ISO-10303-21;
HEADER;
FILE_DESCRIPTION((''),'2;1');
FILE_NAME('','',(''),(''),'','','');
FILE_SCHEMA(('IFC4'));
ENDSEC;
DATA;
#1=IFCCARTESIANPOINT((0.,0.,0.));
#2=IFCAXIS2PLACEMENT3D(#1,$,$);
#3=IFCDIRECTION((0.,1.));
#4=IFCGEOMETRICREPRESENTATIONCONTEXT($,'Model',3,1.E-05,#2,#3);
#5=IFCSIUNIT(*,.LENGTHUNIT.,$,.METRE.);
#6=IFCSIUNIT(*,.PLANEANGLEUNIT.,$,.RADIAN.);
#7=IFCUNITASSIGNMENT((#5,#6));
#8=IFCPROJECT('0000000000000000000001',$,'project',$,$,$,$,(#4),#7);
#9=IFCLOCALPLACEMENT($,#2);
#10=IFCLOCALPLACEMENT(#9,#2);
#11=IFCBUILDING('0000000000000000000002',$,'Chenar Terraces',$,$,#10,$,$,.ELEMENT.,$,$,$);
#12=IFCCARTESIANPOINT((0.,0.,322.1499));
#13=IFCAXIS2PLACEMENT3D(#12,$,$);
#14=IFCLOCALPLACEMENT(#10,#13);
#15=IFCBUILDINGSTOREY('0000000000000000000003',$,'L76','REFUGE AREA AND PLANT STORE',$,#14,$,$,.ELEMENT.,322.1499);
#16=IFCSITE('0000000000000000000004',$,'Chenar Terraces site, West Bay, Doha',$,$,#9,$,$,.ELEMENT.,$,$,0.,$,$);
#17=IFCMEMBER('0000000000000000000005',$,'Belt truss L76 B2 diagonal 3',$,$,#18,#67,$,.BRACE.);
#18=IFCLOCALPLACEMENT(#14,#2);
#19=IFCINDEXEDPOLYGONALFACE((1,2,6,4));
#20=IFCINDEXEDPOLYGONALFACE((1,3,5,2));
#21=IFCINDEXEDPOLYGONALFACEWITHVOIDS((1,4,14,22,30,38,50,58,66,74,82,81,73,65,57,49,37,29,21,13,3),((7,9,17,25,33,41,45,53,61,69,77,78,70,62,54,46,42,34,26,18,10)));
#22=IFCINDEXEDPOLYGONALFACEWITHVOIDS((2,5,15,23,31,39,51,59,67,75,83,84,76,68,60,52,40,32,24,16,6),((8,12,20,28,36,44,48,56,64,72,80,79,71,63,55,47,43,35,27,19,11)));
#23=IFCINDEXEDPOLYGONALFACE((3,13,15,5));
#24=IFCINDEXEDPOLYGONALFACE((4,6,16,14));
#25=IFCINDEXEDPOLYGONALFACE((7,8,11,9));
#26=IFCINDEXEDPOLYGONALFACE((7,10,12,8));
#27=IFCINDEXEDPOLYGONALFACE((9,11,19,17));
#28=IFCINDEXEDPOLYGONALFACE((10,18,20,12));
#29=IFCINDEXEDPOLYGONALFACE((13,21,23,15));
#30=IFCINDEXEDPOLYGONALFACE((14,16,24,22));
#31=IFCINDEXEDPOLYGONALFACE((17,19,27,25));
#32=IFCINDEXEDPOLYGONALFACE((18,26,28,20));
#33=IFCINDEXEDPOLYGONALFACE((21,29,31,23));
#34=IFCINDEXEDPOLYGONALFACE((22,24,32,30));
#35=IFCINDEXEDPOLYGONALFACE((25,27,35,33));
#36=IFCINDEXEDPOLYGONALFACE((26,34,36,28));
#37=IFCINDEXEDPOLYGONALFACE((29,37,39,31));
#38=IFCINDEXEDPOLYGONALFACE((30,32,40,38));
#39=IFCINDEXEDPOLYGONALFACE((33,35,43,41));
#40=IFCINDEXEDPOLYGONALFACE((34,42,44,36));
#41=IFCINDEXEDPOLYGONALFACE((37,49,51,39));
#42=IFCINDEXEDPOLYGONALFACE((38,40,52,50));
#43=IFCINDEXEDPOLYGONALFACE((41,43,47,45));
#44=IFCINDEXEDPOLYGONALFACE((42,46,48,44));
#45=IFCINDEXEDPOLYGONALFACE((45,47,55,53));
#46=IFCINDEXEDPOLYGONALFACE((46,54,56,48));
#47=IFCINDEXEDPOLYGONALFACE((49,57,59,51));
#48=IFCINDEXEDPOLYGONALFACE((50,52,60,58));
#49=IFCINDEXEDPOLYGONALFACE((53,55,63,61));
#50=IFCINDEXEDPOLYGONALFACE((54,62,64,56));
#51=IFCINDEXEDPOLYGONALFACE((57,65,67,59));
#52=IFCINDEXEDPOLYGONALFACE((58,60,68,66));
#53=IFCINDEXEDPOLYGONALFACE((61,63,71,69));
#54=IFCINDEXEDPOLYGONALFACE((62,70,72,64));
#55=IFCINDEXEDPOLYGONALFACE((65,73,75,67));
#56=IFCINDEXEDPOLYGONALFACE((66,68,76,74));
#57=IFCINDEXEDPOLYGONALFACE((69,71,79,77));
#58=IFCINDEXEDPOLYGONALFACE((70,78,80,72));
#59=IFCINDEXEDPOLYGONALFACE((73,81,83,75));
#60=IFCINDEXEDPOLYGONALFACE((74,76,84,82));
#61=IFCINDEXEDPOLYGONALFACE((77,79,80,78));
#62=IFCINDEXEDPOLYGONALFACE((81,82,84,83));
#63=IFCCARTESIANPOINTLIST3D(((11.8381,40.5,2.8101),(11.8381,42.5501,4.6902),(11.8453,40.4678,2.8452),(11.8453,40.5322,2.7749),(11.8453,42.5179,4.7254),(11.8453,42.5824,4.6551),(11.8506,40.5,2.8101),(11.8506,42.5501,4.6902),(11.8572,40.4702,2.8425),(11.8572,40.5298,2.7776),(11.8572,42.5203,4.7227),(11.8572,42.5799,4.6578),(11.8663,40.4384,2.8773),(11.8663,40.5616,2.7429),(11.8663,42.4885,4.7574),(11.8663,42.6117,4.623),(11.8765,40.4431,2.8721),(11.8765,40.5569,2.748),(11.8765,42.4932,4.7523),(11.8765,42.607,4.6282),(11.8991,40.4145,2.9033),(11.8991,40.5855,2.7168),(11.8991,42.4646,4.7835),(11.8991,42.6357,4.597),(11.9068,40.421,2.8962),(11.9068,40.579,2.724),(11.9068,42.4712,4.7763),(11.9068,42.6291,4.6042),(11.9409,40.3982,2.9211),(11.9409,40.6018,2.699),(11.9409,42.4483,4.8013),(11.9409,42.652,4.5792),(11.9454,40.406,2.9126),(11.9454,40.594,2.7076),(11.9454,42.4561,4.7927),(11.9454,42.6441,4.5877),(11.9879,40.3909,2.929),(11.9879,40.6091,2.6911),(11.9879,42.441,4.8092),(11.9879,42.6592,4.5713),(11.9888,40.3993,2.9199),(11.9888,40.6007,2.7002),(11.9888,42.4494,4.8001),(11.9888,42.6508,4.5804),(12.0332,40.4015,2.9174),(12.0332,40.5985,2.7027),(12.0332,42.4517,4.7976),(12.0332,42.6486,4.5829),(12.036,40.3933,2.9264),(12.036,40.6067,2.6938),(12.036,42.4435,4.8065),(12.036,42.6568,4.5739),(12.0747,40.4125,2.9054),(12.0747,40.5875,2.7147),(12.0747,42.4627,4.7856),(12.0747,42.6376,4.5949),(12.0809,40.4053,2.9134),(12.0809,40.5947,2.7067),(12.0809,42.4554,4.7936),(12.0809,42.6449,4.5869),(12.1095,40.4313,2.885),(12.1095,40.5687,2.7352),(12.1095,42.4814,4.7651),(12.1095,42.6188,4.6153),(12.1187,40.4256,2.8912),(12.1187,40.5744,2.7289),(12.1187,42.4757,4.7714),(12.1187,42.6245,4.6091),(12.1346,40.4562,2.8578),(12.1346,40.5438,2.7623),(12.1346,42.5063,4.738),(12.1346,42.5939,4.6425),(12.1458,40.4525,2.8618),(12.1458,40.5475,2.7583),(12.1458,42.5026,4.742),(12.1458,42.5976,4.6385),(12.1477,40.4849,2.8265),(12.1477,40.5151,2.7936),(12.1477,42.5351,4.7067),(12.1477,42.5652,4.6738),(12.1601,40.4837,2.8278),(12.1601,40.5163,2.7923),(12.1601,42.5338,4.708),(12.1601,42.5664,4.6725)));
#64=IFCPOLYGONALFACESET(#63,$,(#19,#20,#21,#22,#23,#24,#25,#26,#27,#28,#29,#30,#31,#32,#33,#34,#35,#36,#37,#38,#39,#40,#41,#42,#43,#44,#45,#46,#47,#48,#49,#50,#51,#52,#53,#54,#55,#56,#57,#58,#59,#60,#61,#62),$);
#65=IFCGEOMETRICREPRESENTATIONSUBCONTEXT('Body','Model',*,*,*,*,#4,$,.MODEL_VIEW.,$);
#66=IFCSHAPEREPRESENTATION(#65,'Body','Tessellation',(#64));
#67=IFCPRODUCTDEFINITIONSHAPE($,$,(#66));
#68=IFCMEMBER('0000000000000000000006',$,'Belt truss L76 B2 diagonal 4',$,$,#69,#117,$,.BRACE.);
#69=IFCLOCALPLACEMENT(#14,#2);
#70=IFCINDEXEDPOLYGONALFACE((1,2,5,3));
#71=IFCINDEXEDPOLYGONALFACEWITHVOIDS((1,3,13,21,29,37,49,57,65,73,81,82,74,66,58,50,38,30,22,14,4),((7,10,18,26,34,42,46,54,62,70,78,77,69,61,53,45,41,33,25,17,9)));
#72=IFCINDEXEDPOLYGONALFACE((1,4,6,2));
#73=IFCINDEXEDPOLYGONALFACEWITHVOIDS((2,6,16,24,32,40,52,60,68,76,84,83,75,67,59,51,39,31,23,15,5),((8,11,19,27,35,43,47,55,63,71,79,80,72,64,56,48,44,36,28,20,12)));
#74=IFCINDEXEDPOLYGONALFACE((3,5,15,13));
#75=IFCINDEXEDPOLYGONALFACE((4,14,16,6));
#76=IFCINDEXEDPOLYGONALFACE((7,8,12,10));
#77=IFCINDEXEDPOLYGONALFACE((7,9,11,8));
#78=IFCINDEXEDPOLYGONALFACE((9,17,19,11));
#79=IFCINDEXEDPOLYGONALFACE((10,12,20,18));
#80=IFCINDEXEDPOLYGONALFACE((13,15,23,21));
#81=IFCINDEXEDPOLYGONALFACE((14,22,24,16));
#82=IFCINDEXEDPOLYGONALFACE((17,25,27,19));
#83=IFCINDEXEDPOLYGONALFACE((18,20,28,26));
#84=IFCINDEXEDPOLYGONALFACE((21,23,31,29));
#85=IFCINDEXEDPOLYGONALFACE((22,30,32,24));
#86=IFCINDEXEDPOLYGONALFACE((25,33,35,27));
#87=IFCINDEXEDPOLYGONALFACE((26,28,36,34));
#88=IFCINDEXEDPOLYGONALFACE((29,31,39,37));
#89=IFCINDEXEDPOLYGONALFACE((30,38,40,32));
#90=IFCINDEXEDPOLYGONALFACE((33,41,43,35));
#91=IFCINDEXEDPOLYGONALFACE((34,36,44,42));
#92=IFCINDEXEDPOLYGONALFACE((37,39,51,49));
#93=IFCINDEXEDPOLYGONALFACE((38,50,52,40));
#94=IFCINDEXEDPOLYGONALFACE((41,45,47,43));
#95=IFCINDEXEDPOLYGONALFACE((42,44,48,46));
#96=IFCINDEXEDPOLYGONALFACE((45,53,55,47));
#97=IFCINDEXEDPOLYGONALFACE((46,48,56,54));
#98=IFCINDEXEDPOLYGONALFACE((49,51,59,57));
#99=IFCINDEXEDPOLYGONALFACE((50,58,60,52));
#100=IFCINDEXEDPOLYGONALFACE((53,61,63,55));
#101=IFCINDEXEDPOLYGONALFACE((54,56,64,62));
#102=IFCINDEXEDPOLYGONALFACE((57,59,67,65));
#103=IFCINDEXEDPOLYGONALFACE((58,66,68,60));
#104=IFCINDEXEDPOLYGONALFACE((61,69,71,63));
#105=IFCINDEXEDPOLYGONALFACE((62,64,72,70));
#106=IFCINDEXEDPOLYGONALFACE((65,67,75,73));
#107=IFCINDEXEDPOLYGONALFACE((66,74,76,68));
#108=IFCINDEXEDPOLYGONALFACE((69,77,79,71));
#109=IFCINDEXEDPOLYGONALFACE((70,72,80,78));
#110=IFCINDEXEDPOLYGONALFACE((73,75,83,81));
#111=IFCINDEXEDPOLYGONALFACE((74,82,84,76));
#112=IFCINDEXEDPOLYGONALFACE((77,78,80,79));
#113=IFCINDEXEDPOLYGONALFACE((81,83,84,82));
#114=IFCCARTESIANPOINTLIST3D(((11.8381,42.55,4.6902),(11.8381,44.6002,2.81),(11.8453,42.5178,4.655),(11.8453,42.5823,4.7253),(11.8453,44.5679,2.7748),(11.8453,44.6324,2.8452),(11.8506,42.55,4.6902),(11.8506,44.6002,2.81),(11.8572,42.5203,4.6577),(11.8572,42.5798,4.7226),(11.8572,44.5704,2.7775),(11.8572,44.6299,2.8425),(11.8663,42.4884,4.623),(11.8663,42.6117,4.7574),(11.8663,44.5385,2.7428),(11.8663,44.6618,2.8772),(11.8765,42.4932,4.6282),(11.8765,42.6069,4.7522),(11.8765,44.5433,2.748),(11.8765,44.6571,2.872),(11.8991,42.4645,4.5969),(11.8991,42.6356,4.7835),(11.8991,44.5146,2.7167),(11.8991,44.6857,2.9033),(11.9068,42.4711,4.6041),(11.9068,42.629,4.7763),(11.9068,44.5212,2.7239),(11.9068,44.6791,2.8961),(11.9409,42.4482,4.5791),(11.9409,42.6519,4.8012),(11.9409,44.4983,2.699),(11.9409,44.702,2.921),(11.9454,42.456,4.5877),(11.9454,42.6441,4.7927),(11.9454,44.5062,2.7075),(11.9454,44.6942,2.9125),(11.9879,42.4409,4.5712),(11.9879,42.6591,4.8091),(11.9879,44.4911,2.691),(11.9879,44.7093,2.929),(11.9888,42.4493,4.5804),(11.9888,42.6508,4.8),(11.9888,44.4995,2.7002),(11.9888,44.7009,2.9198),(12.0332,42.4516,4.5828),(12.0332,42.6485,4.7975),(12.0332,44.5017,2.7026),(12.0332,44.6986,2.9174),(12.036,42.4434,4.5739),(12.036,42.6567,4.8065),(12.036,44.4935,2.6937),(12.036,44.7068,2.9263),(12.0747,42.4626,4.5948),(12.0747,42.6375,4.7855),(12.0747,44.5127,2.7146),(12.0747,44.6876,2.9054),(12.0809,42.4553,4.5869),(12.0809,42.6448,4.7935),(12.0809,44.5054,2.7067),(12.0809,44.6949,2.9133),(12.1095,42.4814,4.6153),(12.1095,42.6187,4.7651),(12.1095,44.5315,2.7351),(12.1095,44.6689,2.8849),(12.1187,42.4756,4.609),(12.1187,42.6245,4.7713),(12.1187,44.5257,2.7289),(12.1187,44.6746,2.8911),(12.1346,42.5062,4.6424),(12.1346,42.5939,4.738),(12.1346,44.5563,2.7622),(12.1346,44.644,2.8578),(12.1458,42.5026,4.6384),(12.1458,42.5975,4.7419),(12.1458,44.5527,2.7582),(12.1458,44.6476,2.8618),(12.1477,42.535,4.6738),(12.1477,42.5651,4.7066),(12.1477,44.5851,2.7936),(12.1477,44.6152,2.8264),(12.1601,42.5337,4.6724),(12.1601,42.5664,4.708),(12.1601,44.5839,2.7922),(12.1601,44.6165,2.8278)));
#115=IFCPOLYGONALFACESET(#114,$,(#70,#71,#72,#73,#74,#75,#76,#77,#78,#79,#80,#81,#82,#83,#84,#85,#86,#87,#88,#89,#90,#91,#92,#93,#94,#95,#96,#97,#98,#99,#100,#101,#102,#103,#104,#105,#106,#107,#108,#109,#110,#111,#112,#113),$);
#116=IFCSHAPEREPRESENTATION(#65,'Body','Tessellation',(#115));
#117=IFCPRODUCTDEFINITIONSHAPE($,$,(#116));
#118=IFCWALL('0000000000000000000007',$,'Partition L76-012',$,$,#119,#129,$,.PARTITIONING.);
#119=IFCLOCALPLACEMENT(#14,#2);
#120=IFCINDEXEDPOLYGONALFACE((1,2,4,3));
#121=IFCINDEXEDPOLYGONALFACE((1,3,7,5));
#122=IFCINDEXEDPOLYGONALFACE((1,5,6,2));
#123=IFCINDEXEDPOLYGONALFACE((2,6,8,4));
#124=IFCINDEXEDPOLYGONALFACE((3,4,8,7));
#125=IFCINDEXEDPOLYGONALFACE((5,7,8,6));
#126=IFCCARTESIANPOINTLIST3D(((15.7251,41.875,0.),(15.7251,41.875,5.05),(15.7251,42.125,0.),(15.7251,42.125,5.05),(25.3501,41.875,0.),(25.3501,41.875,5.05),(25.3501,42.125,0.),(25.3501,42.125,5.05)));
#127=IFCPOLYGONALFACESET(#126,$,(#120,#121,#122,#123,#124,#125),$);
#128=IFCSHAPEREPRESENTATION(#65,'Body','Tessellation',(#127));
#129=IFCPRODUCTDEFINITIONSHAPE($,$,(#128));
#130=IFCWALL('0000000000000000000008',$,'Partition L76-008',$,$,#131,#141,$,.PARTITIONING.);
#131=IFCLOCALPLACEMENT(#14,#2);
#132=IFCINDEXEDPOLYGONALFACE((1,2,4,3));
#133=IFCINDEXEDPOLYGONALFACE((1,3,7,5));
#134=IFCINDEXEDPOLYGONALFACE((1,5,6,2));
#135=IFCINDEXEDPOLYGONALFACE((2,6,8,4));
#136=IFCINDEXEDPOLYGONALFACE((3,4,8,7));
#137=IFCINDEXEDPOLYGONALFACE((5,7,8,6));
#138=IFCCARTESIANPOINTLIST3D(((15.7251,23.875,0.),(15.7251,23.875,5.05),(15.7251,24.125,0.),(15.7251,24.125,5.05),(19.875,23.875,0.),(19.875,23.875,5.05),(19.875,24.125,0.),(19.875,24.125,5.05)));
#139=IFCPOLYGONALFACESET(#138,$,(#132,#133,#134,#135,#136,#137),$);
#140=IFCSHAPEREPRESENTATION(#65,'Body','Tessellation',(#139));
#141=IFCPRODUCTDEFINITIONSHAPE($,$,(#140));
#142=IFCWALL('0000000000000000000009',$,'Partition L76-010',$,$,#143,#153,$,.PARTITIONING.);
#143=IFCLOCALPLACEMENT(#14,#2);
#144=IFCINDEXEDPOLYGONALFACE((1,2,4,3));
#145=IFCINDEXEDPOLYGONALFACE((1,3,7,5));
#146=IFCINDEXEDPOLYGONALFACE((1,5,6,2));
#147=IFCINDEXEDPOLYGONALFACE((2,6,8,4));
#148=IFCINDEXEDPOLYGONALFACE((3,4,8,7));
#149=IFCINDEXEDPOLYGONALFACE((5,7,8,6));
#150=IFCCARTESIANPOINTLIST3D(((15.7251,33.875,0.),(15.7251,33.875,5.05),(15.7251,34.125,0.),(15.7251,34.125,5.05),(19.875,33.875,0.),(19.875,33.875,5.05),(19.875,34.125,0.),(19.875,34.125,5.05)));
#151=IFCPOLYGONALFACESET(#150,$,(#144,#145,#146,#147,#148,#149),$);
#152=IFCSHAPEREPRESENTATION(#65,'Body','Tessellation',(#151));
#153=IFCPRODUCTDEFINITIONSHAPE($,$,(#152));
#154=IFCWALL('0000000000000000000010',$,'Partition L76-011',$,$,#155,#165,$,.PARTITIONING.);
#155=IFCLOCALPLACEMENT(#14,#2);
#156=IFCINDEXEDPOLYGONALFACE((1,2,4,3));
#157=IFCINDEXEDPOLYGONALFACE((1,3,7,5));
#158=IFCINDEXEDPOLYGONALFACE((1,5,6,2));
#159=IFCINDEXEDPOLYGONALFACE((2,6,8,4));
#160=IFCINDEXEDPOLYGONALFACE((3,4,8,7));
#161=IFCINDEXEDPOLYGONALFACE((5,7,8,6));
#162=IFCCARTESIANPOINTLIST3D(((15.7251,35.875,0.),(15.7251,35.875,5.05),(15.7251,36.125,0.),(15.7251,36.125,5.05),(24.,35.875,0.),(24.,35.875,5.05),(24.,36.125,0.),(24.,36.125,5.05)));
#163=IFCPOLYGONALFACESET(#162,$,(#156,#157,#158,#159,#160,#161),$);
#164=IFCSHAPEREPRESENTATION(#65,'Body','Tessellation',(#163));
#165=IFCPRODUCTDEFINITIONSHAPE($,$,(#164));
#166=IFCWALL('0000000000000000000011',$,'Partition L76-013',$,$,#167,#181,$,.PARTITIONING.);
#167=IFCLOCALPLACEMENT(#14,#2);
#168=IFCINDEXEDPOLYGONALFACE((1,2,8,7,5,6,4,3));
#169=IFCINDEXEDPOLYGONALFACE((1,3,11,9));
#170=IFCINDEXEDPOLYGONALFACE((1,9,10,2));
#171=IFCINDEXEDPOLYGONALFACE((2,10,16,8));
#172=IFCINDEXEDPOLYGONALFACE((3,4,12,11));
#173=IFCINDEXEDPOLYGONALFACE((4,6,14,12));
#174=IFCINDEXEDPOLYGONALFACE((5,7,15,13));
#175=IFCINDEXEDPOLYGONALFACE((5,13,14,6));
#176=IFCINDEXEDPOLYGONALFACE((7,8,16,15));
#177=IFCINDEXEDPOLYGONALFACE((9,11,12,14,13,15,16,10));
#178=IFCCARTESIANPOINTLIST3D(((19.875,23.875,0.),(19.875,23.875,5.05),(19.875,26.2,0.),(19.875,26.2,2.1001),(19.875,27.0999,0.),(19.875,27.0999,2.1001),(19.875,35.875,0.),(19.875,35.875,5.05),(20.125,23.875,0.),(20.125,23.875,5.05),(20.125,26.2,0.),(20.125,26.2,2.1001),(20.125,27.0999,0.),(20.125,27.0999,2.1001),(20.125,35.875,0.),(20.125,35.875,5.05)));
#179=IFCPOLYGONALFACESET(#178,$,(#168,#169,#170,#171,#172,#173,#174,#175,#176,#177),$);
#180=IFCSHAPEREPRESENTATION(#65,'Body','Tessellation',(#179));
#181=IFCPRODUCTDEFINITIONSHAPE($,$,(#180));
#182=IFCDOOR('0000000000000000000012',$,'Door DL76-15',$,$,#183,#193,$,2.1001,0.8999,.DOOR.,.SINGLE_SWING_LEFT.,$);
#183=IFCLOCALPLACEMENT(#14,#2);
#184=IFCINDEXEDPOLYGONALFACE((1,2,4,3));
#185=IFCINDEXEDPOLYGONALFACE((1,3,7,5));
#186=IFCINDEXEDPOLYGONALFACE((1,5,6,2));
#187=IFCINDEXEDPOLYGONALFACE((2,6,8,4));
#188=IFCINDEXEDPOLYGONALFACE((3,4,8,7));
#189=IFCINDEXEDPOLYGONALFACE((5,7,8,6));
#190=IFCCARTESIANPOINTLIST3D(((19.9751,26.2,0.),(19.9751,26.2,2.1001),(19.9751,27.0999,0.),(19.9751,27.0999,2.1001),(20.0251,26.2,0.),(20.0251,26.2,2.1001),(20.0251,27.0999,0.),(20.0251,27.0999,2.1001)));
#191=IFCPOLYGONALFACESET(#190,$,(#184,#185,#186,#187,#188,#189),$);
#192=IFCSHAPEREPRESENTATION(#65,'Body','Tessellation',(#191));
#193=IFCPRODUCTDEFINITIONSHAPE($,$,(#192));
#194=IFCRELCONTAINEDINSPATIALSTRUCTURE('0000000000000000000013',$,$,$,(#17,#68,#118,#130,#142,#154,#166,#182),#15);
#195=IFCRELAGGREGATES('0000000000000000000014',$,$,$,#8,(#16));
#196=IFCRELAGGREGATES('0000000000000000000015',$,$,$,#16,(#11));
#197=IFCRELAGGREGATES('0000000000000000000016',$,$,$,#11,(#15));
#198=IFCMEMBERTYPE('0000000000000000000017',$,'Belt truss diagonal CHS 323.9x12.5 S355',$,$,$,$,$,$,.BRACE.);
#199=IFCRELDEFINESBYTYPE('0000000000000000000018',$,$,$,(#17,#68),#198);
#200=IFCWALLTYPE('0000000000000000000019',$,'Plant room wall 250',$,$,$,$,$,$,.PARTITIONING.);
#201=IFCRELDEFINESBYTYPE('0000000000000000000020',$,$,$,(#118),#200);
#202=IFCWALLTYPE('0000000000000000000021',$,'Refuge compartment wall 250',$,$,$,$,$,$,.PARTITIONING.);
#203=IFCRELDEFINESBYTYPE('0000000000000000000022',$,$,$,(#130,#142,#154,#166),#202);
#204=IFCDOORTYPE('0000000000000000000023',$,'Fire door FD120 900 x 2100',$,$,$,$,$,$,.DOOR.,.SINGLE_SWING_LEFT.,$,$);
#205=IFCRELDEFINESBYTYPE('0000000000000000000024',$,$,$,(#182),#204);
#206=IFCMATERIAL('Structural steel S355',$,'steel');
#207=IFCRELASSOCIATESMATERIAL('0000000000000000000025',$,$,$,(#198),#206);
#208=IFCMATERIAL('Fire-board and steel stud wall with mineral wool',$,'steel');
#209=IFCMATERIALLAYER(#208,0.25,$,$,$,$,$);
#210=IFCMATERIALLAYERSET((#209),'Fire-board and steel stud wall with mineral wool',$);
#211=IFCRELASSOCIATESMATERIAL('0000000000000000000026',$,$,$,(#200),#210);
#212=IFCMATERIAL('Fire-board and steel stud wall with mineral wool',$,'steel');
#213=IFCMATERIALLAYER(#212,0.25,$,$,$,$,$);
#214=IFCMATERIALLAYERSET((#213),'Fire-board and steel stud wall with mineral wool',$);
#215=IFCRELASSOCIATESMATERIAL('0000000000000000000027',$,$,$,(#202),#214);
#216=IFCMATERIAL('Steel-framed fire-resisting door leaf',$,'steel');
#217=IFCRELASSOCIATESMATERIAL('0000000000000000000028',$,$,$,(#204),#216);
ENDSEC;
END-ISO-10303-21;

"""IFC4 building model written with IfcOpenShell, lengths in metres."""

from ifc_helpers import new_model, si_unit, direction, frame, frame_2d, origin, origin_2d, place, context, subcontext, project, spatial, rectangle, hollow_circle, extrude, material, layer, layer_set, material_profile, profile_set, type_object, element, fill, save


model = new_model("IFC4")

# Units and contexts
model_context = context("Model", 3, precision=1e-05, world=origin(), true_north=direction((0.0, 1.0)))
body_context = subcontext(model_context, "Body", "Model", "MODEL_VIEW")
ifc_project = project(units=[si_unit("LENGTHUNIT", "METRE"), si_unit("PLANEANGLEUNIT", "RADIAN")], contexts=[model_context])

# Site, building, storey
site_placement = place(None, origin())
site = spatial("IfcSite", under=ifc_project, at=site_placement, Name="Chenar Terraces site, West Bay, Doha", CompositionType="ELEMENT", RefElevation=0.0)
building_placement = place(site_placement, origin())
building = spatial("IfcBuilding", under=site, at=building_placement, Name="Chenar Terraces", CompositionType="ELEMENT")
storey_placement = place(building_placement, frame((0.0, 0.0, 322.1499)))
storey = spatial("IfcBuildingStorey", under=building, at=storey_placement, Name="L76", Description="REFUGE AREA AND PLANT STORE", CompositionType="ELEMENT", Elevation=322.1499)

# Members
ifc_material_1 = material(Name="Structural steel S355", Category="steel")
ifc_material_profile_1 = material_profile(ifc_material_1, hollow_circle(Radius=0.1619, WallThickness=0.0125, at=origin_2d()), Name="CHS 323.9x12.5")
ifc_profile_set_1 = profile_set([ifc_material_profile_1], Name="Structural steel S355")
member_type = type_object("IfcMemberType", Name="Belt truss diagonal CHS 323.9x12.5 S355", PredefinedType="BRACE", material=ifc_profile_set_1)
for number, where, z_axis, x_axis, name in (
    (1, (12.0, 40.5, 2.8101), (0.0, 0.73699, 0.675903), (-1.0, 0.0, 0.0), "Belt truss L76 B2 diagonal 3"),
    (2, (12.0, 42.55, 4.6902), (0.0, 0.73699, -0.675903), (-1.0, 0.0, 0.0), "Belt truss L76 B2 diagonal 4"),
):
    element("IfcMember", number, at=place(storey_placement, frame(where, z_axis=z_axis, x_axis=x_axis)), inside=storey, type_object=member_type, Name=name, PredefinedType="BRACE", context=body_context, shape_type="SweptSolid", body=[
        extrude(hollow_circle(Radius=0.1619, WallThickness=0.0125, at=origin_2d()), origin(), (0.0, 0.0, 1.0), 2.7817),
    ])

# Walls
ifc_material_2 = material(Name="Fire-board and steel stud wall with mineral wool", Category="steel")
ifc_layer_1 = layer(ifc_material_2, 0.25)
ifc_layer_set_1 = layer_set([ifc_layer_1], Name="Fire-board and steel stud wall with mineral wool")
wall_type_1 = type_object("IfcWallType", Name="Plant room wall 250", PredefinedType="PARTITIONING", material=ifc_layer_set_1)
wall_1_placement = place(storey_placement, frame((15.7251, 42.0, 0.0), z_axis=(0.0, 0.0, 1.0), x_axis=(1.0, 0.0, 0.0)))
element("IfcWall", 3, at=wall_1_placement, inside=storey, type_object=wall_type_1, Name="Partition L76-012", PredefinedType="PARTITIONING", context=body_context, shape_type="SweptSolid", body=[
    extrude(rectangle(XDim=9.625, YDim=0.25, at=frame_2d((4.8125, 0.0))), origin(), (0.0, 0.0, 1.0), 5.05),
])
ifc_material_3 = material(Name="Fire-board and steel stud wall with mineral wool", Category="steel")
ifc_layer_2 = layer(ifc_material_3, 0.25)
ifc_layer_set_2 = layer_set([ifc_layer_2], Name="Fire-board and steel stud wall with mineral wool")
wall_type_2 = type_object("IfcWallType", Name="Refuge compartment wall 250", PredefinedType="PARTITIONING", material=ifc_layer_set_2)
for number, where, z_axis, x_axis, name in (
    (4, (15.7251, 24.0, 0.0), (0.0, 0.0, 1.0), (1.0, 0.0, 0.0), "Partition L76-008"),
    (5, (15.7251, 34.0, 0.0), (0.0, 0.0, 1.0), (1.0, 0.0, 0.0), "Partition L76-010"),
):
    element("IfcWall", number, at=place(storey_placement, frame(where, z_axis=z_axis, x_axis=x_axis)), inside=storey, type_object=wall_type_2, Name=name, PredefinedType="PARTITIONING", context=body_context, shape_type="SweptSolid", body=[
        extrude(rectangle(XDim=4.1499, YDim=0.25, at=frame_2d((2.075, 0.0))), origin(), (0.0, 0.0, 1.0), 5.05),
    ])
wall_2_placement = place(storey_placement, frame((15.7251, 36.0, 0.0), z_axis=(0.0, 0.0, 1.0), x_axis=(1.0, 0.0, 0.0)))
element("IfcWall", 6, at=wall_2_placement, inside=storey, type_object=wall_type_2, Name="Partition L76-011", PredefinedType="PARTITIONING", context=body_context, shape_type="SweptSolid", body=[
    extrude(rectangle(XDim=8.2749, YDim=0.25, at=frame_2d((4.1375, 0.0))), origin(), (0.0, 0.0, 1.0), 5.05),
])

# Wall, opening, door
wall_3_placement = place(storey_placement, frame((20.0, 23.875, 0.0), z_axis=(0.0, 0.0, 1.0), x_axis=(0.0, 1.0, 0.0)))
wall_3 = element("IfcWall", 7, at=wall_3_placement, inside=storey, type_object=wall_type_2, Name="Partition L76-013", PredefinedType="PARTITIONING", context=body_context, shape_type="SweptSolid", body=[
    extrude(rectangle(XDim=12.0, YDim=0.25, at=frame_2d((6.0, 0.0))), origin(), (0.0, 0.0, 1.0), 5.05),
])
opening_placement = place(wall_3_placement, frame((2.325, 0.0, 0.0)))
opening = element("IfcOpeningElement", 8, at=opening_placement, cuts=wall_3, PredefinedType="OPENING", context=body_context, shape_type="SweptSolid", body=[
    extrude(rectangle(XDim=0.8999, YDim=2.1001, at=frame_2d((0.45, 1.05))), frame((0.0, 0.135, 0.0), z_axis=(0.0, -1.0, 0.0), x_axis=(1.0, 0.0, 0.0)), (0.0, 0.0, 1.0), 0.27),
])
ifc_material_4 = material(Name="Steel-framed fire-resisting door leaf", Category="steel")
door_type = type_object("IfcDoorType", Name="Fire door FD120 900 x 2100", OperationType="SINGLE_SWING_LEFT", PredefinedType="DOOR", material=ifc_material_4)
door_placement = place(opening_placement, origin())
door = element("IfcDoor", 9, at=door_placement, inside=storey, type_object=door_type, Name="Door DL76-15", OperationType="SINGLE_SWING_LEFT", OverallHeight=2.1001, OverallWidth=0.8999, PredefinedType="DOOR", context=body_context, shape_type="SweptSolid", body=[
    extrude(rectangle(XDim=0.8999, YDim=2.1001, at=frame_2d((0.45, 1.05))), frame((0.0, 0.0249, 0.0), z_axis=(0.0, -1.0, 0.0), x_axis=(1.0, 0.0, 0.0)), (0.0, 0.0, 1.0), 0.05),
])
fill(opening, door)

save(model, "model.ifc")
